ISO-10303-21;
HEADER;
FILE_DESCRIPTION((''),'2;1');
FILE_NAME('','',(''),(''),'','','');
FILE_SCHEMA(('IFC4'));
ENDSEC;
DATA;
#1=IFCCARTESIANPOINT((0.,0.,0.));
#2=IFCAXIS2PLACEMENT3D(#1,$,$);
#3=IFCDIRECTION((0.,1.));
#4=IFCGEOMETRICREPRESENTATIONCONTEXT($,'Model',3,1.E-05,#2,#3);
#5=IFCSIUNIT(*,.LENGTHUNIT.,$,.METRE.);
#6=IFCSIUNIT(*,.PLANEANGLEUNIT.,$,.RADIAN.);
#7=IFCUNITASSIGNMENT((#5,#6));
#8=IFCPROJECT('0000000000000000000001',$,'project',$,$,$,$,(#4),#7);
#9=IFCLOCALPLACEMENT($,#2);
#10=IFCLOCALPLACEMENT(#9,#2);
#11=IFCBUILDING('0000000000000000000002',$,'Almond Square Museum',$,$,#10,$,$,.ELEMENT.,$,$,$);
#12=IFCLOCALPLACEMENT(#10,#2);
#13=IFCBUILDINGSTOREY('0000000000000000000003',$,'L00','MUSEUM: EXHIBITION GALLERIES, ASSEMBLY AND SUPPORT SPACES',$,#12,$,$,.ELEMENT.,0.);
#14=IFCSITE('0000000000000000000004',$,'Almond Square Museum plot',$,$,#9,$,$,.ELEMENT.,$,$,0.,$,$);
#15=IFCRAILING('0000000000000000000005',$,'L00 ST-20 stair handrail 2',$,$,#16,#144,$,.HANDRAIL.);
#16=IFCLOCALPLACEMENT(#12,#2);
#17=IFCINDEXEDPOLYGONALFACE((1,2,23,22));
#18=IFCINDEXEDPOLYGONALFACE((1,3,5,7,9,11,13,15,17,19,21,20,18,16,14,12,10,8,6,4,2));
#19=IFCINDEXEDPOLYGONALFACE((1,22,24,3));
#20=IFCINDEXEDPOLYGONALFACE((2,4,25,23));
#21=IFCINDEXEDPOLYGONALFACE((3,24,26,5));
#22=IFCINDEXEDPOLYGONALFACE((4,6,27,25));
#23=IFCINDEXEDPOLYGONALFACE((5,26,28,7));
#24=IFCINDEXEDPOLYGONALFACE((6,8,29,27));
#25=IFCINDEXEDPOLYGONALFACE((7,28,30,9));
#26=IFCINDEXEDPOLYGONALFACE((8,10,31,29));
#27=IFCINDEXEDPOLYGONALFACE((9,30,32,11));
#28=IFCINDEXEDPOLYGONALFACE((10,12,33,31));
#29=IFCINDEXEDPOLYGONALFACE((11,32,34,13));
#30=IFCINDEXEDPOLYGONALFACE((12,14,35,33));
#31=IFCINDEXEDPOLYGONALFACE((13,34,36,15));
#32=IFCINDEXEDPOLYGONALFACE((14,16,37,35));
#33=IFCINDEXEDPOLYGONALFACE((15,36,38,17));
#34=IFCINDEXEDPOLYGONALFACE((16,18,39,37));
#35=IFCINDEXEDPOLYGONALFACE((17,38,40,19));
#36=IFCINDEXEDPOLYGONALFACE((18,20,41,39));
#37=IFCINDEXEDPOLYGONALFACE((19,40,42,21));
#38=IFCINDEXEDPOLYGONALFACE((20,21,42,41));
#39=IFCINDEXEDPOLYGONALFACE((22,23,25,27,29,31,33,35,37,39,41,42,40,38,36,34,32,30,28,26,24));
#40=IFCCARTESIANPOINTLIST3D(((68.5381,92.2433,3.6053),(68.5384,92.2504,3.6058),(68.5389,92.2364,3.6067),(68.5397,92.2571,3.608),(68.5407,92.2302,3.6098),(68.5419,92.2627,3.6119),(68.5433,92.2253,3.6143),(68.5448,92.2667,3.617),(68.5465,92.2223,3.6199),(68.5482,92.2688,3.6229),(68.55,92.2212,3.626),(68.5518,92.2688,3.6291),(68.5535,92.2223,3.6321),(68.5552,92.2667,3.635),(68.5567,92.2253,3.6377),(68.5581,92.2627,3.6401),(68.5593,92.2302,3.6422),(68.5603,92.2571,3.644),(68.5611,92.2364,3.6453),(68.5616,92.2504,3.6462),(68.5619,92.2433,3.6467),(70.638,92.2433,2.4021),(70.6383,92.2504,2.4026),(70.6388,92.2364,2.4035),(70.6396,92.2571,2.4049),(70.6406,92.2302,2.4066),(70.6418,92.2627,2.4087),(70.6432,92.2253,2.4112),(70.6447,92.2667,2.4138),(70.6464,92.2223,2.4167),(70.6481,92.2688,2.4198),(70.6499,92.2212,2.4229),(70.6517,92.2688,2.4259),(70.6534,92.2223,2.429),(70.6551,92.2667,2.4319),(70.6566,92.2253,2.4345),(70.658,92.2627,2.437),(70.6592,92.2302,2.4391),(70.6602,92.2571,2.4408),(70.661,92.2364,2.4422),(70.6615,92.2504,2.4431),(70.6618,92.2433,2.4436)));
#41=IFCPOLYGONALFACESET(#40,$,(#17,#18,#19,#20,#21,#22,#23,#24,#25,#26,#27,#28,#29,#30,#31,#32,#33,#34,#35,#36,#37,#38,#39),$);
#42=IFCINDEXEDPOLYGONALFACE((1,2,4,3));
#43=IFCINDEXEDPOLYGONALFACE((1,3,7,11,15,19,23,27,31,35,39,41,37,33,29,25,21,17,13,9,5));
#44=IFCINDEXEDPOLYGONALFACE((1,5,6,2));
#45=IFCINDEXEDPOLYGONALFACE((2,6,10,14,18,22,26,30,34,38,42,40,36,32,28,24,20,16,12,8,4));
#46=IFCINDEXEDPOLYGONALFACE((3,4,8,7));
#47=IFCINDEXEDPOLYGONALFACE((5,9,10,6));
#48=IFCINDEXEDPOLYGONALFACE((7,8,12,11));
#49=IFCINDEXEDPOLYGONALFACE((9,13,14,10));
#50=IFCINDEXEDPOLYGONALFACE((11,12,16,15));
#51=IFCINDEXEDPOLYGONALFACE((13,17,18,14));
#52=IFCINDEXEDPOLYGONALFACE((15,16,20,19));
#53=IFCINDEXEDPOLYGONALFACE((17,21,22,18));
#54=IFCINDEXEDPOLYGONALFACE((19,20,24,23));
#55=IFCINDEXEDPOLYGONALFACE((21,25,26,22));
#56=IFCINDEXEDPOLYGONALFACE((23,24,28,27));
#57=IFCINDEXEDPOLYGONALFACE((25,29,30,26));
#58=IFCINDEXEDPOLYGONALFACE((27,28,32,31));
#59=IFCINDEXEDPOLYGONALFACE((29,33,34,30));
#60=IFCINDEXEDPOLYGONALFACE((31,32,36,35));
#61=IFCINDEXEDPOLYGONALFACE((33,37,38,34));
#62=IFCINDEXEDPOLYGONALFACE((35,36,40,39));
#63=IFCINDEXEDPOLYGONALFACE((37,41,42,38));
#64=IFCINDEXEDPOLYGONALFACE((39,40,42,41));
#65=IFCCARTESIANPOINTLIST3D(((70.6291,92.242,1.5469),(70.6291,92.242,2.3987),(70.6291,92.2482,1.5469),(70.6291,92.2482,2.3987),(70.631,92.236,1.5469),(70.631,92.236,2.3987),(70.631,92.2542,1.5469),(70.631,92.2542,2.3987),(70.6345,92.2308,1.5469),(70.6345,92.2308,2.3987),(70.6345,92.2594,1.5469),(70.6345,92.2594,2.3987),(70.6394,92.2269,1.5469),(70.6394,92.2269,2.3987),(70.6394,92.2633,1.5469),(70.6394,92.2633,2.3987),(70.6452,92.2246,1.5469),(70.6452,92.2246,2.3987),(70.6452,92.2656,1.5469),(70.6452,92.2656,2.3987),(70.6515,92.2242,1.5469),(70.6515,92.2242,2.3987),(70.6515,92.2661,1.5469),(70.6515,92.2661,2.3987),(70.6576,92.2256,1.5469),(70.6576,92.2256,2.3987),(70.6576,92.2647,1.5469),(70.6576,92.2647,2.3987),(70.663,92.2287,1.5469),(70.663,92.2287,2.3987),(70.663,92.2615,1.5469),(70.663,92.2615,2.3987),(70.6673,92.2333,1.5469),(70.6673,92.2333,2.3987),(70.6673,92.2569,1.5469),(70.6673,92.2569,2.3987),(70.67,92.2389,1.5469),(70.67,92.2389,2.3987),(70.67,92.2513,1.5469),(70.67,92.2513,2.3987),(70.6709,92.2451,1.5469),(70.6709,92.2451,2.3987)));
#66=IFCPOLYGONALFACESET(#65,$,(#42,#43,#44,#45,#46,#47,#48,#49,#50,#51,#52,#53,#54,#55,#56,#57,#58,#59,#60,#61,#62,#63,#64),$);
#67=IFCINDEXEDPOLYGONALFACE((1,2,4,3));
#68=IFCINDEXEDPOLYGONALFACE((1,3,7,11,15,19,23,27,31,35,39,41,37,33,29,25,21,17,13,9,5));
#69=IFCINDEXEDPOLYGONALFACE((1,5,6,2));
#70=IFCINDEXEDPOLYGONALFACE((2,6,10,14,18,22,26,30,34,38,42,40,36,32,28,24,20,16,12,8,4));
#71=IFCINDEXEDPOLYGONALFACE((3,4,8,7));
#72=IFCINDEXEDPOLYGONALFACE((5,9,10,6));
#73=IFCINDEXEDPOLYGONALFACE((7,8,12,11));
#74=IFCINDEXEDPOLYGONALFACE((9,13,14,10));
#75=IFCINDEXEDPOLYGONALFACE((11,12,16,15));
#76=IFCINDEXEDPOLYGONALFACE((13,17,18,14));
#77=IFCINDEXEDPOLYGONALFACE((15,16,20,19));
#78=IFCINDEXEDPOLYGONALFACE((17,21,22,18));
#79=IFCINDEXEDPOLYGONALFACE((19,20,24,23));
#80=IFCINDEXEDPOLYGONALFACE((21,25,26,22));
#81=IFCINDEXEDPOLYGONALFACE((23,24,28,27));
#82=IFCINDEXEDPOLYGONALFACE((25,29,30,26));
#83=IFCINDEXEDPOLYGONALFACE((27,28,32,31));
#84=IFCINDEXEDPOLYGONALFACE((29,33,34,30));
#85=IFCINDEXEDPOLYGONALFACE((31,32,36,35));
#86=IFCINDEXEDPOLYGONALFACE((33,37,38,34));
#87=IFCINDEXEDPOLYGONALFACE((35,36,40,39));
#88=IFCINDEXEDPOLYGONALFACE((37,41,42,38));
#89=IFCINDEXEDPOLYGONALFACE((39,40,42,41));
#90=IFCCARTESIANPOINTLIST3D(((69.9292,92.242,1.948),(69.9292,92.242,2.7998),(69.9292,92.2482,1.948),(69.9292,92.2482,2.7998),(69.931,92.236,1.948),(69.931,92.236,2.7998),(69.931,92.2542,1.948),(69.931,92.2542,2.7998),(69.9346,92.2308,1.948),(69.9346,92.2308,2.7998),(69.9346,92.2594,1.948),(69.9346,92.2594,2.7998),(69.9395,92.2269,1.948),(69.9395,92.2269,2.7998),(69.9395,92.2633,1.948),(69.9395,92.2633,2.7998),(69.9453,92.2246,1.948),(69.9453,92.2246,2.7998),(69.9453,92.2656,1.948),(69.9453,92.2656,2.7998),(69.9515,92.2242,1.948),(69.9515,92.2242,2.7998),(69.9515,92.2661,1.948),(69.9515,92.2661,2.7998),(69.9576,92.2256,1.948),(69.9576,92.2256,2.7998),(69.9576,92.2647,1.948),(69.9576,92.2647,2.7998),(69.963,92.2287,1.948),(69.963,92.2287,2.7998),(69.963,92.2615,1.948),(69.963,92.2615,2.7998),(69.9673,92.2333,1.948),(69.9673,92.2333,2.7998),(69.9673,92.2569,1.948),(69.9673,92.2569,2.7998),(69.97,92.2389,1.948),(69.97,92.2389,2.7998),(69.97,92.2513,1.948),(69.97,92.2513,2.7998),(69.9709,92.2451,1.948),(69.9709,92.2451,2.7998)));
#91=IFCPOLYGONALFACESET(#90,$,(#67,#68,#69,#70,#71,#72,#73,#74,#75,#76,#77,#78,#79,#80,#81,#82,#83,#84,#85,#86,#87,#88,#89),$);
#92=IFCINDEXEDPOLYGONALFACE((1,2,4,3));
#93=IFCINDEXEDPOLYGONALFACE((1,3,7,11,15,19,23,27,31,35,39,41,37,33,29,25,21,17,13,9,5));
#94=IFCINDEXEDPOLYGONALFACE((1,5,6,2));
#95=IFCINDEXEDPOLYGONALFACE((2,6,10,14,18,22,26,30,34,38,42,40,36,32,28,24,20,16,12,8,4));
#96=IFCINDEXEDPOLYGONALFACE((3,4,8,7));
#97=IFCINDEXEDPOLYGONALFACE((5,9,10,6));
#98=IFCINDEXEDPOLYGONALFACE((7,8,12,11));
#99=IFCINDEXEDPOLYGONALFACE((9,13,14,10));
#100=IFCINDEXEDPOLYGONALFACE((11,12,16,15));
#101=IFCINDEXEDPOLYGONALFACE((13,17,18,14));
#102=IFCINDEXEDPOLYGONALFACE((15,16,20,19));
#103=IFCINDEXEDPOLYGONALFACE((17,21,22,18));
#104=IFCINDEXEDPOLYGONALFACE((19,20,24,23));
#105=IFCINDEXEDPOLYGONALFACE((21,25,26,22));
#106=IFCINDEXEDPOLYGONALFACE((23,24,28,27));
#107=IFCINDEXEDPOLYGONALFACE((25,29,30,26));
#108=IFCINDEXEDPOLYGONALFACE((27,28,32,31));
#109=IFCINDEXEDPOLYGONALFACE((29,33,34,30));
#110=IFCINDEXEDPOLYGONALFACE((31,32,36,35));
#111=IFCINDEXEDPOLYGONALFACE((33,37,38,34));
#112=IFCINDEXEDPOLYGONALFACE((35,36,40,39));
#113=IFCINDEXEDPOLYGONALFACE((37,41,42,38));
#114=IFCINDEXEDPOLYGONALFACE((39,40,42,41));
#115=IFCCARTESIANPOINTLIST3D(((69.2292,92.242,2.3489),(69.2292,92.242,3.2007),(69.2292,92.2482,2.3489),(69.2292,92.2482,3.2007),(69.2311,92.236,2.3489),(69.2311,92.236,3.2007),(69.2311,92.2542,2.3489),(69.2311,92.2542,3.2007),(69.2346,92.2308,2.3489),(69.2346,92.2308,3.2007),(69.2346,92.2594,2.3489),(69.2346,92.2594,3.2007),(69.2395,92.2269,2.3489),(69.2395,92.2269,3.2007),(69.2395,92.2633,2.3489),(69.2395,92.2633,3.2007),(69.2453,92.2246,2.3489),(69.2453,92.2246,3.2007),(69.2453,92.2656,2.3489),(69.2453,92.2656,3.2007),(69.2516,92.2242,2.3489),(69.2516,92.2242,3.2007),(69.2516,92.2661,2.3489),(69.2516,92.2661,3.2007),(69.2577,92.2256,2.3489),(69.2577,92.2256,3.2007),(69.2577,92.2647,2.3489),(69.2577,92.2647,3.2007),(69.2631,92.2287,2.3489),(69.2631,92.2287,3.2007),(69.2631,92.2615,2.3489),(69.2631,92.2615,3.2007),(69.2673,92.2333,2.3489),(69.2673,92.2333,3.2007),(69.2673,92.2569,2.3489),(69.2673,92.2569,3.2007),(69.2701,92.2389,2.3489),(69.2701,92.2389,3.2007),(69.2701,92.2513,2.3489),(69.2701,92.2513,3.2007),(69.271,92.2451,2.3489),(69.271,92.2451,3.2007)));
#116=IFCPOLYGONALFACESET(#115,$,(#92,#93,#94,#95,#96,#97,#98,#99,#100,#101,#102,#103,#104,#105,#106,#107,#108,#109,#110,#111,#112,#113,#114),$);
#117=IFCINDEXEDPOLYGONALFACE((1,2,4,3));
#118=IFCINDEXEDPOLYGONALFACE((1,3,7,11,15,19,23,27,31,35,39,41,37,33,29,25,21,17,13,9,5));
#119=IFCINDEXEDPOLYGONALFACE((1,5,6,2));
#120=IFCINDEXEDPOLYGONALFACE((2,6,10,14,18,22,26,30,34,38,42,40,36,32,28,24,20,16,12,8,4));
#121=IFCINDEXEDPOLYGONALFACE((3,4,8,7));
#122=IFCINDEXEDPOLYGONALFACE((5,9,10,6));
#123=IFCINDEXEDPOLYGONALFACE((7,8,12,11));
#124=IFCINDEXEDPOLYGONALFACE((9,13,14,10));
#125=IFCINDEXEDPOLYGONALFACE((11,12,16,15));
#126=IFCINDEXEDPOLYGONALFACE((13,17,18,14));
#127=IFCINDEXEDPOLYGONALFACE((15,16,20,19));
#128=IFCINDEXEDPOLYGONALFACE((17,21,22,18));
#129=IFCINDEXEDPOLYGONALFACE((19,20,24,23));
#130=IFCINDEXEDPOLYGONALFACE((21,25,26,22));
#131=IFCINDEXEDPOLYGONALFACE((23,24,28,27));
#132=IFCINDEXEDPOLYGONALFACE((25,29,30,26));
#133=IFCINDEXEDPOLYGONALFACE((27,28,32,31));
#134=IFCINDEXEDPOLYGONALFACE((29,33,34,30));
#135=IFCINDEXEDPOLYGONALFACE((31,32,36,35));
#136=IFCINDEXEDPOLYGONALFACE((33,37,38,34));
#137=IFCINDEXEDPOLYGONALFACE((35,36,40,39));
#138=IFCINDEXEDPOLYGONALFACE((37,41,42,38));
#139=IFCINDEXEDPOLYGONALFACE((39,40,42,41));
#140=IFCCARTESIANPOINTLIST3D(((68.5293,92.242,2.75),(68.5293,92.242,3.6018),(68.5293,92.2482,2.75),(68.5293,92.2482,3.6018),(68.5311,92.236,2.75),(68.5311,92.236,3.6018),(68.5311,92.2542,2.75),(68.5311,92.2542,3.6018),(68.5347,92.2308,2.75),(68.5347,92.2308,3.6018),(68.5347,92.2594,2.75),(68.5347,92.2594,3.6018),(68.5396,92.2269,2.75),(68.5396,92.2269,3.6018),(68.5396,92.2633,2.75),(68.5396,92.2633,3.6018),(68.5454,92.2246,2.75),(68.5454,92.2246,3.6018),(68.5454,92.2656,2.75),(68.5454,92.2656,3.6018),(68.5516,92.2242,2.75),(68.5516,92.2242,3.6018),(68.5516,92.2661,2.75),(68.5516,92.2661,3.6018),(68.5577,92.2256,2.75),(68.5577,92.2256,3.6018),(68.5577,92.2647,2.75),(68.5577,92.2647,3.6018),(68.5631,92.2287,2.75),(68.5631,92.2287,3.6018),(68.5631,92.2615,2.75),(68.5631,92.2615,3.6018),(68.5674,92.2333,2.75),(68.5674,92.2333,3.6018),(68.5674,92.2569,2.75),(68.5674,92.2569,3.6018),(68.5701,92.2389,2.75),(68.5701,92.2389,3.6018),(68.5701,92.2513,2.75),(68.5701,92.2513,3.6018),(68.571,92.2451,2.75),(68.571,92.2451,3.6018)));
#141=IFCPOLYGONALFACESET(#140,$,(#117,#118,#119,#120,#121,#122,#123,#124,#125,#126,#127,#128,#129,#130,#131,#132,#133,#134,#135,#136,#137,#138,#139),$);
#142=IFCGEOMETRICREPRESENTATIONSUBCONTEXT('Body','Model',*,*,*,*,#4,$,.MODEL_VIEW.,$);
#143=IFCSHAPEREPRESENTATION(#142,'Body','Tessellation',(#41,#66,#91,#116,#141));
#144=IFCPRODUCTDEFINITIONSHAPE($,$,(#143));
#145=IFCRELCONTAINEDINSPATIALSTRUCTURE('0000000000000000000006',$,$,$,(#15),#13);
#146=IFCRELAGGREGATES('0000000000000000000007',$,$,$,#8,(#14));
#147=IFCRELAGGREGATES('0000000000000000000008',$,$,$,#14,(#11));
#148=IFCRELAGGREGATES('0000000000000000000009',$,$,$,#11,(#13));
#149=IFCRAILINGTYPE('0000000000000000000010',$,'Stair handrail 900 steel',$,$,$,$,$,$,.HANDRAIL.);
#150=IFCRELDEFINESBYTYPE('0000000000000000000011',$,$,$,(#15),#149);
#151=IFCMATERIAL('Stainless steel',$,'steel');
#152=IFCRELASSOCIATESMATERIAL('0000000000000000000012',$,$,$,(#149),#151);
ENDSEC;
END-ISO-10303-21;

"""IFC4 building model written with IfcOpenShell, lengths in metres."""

from ifc_helpers import new_model, si_unit, direction, frame, origin, origin_2d, place, context, subcontext, project, spatial, circle, extrude, material, type_object, element, save


model = new_model("IFC4")

# Units and contexts
model_context = context("Model", 3, precision=1e-05, world=origin(), true_north=direction((0.0, 1.0)))
body_context = subcontext(model_context, "Body", "Model", "MODEL_VIEW")
ifc_project = project(units=[si_unit("LENGTHUNIT", "METRE"), si_unit("PLANEANGLEUNIT", "RADIAN")], contexts=[model_context])

# Site, building, storey
site_placement = place(None, origin())
site = spatial("IfcSite", under=ifc_project, at=site_placement, Name="Almond Square Museum plot", CompositionType="ELEMENT", RefElevation=0.0)
building_placement = place(site_placement, origin())
building = spatial("IfcBuilding", under=site, at=building_placement, Name="Almond Square Museum", CompositionType="ELEMENT")
storey_placement = place(building_placement, origin())
storey = spatial("IfcBuildingStorey", under=building, at=storey_placement, Name="L00", Description="MUSEUM: EXHIBITION GALLERIES, ASSEMBLY AND SUPPORT SPACES", CompositionType="ELEMENT", Elevation=0.0)

# Railing
ifc_material_1 = material(Name="Stainless steel", Category="steel")
railing_type_1 = type_object("IfcRailingType", Name="Stair handrail 900 steel", PredefinedType="HANDRAIL", material=ifc_material_1)
railing_1_placement = place(storey_placement, frame((70.6499, 92.2451, 1.5469)))
element("IfcRailing", 1, at=railing_1_placement, inside=storey, type_object=railing_type_1, Name="L00 ST-20 stair handrail 2", PredefinedType="HANDRAIL", context=body_context, shape_type="SweptSolid", body=[
    extrude(circle(Radius=0.0239, at=origin_2d()), frame((0.0, 0.0, 0.876), z_axis=(-0.867671, 0.0, 0.497138), x_axis=(0.0, -1.0, 0.0)), (0.0, 0.0, 1.0), 2.4202),
    extrude(circle(Radius=0.021, at=origin_2d()), origin(), (0.0, 0.0, 1.0), 0.8518),
    extrude(circle(Radius=0.021, at=origin_2d()), frame((-0.7, 0.0, 0.4011)), (0.0, 0.0, 1.0), 0.8518),
    extrude(circle(Radius=0.021, at=origin_2d()), frame((-1.3999, 0.0, 0.802)), (0.0, 0.0, 1.0), 0.8518),
    extrude(circle(Radius=0.021, at=origin_2d()), frame((-2.0999, 0.0, 1.2031)), (0.0, 0.0, 1.0), 0.8518),
])

save(model, "model.ifc")
